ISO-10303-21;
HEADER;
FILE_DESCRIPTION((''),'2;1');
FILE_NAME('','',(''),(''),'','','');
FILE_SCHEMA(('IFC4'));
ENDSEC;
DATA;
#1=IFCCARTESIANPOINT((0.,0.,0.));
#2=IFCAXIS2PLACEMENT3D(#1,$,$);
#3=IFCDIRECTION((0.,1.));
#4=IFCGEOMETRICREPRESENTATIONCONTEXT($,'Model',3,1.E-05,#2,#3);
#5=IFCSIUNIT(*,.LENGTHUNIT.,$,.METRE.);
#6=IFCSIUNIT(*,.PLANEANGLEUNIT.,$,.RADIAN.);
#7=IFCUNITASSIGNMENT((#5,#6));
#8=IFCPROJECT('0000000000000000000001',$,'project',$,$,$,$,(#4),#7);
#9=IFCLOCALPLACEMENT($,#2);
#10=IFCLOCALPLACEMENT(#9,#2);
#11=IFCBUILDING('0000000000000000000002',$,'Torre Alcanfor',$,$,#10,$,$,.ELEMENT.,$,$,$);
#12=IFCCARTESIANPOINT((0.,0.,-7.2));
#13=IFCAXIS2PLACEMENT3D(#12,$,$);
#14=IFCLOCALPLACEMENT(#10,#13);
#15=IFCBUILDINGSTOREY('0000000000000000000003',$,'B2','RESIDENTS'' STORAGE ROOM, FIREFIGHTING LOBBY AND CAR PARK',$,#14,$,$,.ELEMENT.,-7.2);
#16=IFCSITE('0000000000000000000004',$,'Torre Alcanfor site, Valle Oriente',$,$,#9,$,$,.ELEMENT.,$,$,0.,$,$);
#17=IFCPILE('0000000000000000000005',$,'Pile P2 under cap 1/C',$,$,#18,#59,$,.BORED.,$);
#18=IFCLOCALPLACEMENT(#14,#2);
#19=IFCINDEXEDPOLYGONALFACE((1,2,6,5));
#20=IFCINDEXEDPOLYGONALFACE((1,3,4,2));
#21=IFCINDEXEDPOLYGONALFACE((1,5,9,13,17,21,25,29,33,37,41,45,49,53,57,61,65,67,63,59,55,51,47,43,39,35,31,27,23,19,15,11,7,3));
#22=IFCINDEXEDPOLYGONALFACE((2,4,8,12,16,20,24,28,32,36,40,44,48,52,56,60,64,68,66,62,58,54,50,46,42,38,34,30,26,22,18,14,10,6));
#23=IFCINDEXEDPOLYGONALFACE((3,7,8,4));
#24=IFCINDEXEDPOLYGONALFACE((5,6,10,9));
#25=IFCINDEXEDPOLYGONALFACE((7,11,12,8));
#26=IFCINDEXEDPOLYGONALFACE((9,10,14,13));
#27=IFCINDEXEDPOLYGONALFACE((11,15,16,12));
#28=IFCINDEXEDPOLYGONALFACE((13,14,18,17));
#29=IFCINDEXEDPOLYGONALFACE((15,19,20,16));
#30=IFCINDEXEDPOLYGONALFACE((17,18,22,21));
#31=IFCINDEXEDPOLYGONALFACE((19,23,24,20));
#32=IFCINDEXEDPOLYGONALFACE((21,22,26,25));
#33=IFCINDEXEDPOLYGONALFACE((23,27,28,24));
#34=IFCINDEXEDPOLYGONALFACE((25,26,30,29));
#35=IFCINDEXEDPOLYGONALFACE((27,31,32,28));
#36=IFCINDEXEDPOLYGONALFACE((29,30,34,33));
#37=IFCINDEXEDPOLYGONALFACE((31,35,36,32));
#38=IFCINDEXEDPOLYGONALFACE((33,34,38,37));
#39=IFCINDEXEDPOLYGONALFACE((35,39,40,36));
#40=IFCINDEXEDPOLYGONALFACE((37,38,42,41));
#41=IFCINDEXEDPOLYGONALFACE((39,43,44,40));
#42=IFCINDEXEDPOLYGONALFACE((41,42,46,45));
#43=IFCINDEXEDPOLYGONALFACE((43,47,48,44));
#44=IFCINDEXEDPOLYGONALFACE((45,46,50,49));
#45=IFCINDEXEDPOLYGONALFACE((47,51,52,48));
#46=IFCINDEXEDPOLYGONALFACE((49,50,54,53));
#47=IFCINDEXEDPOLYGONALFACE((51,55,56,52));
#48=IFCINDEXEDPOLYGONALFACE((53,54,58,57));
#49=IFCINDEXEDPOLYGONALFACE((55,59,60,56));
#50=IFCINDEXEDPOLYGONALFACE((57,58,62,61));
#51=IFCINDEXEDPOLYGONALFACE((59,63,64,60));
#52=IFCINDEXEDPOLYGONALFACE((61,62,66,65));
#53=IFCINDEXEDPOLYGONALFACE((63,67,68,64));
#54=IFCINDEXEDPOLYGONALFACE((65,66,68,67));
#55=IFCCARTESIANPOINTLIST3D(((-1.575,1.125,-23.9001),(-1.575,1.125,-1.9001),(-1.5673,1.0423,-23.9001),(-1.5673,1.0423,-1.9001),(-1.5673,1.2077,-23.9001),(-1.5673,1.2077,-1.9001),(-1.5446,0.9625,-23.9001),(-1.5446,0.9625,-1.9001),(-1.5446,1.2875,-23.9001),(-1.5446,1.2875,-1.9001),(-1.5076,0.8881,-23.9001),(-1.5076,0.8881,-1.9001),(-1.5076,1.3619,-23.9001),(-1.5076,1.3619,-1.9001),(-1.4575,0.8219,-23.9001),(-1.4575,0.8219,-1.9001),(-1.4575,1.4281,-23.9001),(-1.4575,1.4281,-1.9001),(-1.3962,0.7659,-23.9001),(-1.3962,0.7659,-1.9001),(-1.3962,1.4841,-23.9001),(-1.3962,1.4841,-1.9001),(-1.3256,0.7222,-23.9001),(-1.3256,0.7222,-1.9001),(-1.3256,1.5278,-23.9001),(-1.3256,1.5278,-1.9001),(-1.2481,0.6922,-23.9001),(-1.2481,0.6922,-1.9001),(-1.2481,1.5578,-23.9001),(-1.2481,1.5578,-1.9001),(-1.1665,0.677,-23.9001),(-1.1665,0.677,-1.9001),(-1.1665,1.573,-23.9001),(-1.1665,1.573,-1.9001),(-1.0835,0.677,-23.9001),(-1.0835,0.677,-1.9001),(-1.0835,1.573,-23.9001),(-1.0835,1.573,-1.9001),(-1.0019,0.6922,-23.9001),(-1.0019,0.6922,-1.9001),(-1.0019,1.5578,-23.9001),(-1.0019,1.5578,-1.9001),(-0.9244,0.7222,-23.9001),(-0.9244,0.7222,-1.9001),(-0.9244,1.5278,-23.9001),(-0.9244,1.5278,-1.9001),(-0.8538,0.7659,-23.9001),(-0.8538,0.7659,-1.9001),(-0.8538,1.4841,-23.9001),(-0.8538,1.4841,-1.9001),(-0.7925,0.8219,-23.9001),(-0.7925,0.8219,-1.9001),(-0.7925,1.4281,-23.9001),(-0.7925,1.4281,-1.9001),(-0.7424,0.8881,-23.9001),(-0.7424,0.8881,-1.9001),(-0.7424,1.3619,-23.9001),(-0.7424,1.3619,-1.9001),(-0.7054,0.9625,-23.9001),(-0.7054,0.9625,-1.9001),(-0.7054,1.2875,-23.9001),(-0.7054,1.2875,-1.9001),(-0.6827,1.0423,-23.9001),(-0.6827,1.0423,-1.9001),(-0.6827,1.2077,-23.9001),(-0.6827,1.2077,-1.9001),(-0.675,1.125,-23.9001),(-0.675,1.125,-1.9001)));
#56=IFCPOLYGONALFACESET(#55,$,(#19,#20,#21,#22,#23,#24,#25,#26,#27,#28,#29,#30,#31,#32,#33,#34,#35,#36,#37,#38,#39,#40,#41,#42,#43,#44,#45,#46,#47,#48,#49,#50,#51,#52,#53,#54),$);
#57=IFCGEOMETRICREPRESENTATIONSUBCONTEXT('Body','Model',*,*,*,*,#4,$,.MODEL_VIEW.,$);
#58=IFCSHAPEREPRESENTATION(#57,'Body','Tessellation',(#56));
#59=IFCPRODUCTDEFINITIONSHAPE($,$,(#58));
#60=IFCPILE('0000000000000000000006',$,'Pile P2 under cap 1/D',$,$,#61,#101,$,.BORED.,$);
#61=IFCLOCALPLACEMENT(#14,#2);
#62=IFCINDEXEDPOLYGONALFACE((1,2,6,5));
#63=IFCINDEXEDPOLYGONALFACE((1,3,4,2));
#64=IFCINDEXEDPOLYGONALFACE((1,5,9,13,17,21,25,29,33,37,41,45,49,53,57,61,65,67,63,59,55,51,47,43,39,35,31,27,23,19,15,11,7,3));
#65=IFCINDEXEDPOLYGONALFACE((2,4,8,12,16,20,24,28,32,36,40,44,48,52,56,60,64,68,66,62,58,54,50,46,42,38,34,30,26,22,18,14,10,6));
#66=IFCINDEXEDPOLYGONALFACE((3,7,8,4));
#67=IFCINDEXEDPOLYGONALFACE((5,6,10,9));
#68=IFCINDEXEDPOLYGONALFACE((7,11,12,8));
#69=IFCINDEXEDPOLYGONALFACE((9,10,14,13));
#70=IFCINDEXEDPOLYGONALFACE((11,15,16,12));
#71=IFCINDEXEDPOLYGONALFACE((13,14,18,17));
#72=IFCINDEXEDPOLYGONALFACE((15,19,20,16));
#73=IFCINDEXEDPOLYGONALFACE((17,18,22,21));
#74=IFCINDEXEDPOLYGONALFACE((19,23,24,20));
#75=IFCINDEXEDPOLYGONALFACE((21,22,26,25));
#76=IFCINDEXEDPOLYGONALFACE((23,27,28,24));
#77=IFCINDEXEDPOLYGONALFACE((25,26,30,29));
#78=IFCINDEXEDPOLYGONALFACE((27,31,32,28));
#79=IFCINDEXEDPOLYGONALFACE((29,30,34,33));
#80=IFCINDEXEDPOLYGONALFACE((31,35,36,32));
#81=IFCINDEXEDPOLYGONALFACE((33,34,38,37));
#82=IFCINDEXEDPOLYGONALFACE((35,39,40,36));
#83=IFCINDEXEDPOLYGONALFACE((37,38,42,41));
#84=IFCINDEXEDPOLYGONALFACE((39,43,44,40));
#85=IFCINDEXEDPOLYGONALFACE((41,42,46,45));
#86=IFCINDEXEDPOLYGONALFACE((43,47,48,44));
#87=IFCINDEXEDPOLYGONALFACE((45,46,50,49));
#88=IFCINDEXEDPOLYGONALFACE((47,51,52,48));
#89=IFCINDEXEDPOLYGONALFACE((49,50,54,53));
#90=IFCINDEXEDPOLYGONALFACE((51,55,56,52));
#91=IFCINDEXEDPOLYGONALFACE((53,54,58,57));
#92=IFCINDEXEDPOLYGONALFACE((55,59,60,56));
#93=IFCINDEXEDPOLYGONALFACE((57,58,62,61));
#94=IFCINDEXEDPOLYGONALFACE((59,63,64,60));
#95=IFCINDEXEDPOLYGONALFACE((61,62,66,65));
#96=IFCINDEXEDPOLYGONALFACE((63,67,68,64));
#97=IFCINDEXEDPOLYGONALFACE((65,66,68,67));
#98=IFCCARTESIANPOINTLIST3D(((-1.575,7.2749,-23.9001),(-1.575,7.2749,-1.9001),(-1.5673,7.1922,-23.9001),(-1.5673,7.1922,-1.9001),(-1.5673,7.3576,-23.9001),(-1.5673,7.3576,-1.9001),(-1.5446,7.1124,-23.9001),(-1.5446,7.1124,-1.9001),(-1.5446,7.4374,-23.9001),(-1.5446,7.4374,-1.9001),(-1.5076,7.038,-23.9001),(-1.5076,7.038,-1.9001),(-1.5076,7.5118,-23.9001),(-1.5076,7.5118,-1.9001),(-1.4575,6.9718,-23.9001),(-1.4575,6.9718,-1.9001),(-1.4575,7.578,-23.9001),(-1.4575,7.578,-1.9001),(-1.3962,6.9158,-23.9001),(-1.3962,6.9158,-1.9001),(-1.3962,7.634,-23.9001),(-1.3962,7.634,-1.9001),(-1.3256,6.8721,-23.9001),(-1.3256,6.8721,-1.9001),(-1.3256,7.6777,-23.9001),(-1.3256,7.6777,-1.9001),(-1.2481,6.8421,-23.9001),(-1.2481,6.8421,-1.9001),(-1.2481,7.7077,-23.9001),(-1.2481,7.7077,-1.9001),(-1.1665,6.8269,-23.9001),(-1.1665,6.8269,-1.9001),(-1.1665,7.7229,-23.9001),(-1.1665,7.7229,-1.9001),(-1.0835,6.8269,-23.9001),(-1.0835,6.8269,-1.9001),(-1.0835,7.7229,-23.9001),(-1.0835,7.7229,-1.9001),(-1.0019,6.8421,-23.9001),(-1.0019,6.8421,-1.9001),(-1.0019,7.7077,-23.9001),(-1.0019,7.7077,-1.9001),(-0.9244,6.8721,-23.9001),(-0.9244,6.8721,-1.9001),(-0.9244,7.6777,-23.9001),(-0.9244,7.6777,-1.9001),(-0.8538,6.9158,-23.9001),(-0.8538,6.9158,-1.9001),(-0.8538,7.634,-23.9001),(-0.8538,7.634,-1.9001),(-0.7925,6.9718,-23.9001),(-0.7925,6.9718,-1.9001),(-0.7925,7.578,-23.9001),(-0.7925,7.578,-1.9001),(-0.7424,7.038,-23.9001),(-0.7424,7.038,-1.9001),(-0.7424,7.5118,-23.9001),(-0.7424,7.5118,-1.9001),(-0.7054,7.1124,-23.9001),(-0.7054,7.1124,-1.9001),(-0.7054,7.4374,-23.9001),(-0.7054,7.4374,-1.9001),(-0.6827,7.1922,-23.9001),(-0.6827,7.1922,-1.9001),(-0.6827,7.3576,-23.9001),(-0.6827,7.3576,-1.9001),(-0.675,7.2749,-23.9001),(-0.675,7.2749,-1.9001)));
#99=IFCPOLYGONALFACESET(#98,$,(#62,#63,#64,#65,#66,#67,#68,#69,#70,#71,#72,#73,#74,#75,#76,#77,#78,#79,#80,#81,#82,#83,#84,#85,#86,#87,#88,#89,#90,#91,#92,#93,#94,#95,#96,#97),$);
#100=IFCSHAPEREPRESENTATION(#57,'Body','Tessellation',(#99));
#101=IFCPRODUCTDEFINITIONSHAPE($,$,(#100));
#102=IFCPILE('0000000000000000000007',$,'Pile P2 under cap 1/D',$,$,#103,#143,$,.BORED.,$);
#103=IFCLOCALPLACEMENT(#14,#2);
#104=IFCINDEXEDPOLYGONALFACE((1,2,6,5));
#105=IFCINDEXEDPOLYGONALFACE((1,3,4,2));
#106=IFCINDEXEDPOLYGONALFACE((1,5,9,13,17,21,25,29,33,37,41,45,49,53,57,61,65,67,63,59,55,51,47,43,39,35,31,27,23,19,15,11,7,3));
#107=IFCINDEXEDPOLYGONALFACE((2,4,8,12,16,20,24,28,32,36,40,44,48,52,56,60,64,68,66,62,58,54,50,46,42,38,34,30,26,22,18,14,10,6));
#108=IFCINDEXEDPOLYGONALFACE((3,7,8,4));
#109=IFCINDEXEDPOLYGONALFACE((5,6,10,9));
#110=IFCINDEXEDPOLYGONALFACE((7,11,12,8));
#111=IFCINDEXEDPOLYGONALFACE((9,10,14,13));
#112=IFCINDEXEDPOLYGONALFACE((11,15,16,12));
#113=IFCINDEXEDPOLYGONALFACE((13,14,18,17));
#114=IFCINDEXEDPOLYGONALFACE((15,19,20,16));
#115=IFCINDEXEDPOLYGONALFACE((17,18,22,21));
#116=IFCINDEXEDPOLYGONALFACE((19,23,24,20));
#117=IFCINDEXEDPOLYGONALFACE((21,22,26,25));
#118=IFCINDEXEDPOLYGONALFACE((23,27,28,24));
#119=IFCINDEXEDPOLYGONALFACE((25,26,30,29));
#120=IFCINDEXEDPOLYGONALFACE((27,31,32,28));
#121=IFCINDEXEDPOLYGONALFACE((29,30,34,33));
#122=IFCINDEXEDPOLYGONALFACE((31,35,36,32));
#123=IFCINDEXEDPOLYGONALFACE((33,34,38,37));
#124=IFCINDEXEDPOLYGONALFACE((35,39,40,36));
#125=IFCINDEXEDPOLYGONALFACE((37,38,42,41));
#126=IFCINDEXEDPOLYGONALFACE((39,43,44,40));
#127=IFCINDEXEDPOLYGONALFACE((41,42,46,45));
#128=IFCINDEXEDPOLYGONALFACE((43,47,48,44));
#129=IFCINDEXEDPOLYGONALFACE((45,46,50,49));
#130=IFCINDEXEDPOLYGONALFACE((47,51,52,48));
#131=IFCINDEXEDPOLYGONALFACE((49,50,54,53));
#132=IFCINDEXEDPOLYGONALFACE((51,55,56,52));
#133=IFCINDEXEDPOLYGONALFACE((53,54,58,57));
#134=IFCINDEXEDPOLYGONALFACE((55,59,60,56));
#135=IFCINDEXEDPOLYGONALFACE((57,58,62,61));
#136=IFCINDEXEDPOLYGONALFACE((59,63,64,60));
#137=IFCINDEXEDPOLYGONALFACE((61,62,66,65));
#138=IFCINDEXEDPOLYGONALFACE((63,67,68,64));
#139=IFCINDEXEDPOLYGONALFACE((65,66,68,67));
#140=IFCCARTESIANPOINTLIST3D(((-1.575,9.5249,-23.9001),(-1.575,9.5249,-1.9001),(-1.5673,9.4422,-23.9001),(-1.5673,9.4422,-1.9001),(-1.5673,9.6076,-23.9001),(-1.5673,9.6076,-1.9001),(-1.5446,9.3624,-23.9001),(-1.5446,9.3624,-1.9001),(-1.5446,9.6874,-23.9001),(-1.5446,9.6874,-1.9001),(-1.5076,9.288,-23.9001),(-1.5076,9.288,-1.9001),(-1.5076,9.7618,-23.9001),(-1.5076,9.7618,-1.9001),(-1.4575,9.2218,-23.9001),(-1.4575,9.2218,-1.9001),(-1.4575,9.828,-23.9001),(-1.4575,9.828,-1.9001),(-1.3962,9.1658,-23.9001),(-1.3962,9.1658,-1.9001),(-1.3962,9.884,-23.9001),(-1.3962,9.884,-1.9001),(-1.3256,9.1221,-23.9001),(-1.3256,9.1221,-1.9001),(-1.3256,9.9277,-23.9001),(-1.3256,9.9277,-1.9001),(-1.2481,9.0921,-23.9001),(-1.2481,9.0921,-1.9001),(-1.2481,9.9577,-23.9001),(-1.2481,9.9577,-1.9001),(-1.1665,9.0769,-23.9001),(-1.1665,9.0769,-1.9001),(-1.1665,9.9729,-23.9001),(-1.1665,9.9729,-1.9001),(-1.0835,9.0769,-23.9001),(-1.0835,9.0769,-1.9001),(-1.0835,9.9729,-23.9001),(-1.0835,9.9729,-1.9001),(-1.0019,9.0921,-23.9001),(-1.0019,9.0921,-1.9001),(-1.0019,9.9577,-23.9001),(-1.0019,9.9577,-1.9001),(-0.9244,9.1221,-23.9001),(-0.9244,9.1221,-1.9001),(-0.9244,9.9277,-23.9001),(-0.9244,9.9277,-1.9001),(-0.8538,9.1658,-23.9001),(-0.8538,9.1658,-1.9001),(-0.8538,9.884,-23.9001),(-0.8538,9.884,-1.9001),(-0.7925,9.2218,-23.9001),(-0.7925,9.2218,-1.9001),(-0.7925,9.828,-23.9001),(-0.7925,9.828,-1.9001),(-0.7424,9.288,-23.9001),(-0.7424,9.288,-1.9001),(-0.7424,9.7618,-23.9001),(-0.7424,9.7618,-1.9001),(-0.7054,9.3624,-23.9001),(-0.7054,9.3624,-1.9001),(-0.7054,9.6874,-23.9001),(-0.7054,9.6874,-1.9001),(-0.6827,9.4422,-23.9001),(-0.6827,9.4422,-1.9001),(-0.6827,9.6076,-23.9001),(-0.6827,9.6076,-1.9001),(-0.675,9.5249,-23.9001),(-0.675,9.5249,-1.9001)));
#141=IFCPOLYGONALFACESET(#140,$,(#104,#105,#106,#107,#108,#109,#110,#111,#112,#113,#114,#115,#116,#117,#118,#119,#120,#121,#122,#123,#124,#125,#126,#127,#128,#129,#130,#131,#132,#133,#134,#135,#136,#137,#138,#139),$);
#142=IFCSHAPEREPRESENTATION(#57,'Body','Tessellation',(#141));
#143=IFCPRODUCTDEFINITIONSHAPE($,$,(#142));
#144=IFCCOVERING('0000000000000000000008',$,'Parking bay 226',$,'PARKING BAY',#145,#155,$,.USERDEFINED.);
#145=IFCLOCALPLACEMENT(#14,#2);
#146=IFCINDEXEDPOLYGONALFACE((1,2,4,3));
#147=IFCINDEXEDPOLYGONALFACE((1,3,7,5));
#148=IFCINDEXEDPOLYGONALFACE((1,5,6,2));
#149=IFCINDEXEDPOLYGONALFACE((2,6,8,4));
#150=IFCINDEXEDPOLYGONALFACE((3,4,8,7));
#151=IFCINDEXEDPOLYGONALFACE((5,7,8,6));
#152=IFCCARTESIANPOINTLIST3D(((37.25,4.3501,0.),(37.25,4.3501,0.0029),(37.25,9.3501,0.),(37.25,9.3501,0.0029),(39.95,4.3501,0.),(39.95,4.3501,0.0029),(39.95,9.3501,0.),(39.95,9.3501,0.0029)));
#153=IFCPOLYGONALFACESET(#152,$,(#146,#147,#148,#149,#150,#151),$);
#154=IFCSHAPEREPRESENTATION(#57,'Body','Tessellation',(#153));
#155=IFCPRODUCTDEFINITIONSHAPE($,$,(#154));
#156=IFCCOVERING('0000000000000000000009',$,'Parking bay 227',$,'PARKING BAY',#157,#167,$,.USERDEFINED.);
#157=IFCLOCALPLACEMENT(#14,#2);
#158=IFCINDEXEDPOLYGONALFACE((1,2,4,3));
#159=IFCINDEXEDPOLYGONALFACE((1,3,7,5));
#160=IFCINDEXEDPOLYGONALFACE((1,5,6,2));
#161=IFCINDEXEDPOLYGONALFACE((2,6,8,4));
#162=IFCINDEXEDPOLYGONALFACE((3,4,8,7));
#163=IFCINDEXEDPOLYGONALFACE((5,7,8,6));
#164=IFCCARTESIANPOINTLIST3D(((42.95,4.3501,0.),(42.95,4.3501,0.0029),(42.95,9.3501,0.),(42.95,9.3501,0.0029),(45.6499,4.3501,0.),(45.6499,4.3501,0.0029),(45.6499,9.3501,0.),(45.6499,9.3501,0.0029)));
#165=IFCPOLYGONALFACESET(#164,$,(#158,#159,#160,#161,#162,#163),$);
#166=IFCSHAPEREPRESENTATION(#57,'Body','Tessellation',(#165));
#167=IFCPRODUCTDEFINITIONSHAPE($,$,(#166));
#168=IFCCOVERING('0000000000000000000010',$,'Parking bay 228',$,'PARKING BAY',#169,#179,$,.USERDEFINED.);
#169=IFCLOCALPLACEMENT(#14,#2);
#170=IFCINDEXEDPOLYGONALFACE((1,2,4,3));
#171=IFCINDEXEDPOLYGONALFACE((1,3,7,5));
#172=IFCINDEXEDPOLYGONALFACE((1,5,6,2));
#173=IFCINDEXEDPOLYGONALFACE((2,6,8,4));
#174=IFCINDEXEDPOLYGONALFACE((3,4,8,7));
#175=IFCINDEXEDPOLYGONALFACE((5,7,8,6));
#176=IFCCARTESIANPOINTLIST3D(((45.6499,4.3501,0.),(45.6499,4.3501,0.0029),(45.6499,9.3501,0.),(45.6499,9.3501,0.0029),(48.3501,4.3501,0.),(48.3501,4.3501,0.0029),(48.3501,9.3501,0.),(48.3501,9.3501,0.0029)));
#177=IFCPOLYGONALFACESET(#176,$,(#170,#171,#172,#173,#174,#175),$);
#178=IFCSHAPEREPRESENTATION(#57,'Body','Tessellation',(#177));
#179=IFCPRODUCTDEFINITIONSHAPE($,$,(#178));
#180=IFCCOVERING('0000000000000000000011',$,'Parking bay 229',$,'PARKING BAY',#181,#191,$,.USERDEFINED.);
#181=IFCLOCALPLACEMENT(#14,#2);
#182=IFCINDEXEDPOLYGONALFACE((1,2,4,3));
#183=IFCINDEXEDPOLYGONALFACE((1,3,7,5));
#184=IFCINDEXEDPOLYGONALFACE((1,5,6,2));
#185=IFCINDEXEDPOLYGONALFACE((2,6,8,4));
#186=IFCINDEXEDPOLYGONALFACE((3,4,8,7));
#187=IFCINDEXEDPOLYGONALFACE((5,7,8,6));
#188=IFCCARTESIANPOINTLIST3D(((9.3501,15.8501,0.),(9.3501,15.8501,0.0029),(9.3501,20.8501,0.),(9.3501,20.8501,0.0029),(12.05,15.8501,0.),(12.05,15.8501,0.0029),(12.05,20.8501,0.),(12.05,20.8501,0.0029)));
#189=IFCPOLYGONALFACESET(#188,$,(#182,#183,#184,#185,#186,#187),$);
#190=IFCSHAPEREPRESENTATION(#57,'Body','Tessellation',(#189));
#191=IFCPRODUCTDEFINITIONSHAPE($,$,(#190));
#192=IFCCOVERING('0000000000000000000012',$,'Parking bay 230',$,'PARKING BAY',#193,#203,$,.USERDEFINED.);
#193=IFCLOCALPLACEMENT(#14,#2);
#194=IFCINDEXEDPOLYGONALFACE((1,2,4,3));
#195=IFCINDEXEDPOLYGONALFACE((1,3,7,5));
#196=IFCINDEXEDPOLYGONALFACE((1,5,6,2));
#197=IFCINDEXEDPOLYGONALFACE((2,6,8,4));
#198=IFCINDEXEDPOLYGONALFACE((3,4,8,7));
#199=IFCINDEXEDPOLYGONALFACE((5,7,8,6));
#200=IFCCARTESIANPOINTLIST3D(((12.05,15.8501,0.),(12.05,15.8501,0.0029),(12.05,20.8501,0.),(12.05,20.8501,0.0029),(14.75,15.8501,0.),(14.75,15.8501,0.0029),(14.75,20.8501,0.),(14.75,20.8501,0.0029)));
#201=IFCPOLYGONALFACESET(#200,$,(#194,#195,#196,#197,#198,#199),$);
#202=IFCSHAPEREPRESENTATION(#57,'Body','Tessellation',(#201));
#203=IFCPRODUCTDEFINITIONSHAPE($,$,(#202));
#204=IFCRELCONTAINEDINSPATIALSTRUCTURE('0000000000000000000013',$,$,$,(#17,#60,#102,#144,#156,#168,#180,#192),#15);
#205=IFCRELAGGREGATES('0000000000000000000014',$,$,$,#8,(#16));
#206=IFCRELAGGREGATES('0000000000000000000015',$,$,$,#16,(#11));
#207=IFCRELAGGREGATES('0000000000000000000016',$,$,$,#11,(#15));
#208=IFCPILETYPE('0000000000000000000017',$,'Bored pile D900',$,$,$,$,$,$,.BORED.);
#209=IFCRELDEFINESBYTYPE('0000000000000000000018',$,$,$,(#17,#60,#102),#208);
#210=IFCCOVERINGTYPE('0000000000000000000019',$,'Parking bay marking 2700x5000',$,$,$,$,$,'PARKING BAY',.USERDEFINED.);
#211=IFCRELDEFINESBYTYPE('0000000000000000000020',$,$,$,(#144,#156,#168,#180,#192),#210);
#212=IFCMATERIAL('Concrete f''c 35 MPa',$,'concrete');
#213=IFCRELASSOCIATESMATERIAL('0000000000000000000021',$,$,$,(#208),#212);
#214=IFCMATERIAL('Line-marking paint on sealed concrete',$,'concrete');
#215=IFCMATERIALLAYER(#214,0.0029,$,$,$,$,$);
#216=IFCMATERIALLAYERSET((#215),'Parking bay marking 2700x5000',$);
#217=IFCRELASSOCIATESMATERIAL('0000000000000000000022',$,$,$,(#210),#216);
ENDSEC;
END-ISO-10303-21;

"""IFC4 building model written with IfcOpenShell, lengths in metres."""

from ifc_helpers import new_model, si_unit, direction, frame, origin, origin_2d, place, context, subcontext, project, spatial, polyline, circle, outline, extrude, material, layer, layer_set, material_profile, profile_set, type_object, element, save


model = new_model("IFC4")

# Units and contexts
model_context = context("Model", 3, precision=1e-05, world=origin(), true_north=direction((0.0, 1.0)))
body_context = subcontext(model_context, "Body", "Model", "MODEL_VIEW")
ifc_project = project(units=[si_unit("LENGTHUNIT", "METRE"), si_unit("PLANEANGLEUNIT", "RADIAN")], contexts=[model_context])

# Site, building, storey
site_placement = place(None, origin())
site = spatial("IfcSite", under=ifc_project, at=site_placement, Name="Torre Alcanfor site, Valle Oriente", CompositionType="ELEMENT", RefElevation=0.0)
building_placement = place(site_placement, origin())
building = spatial("IfcBuilding", under=site, at=building_placement, Name="Torre Alcanfor", CompositionType="ELEMENT")
storey_placement = place(building_placement, frame((0.0, 0.0, -7.2)))
storey = spatial("IfcBuildingStorey", under=building, at=storey_placement, Name="B2", Description="RESIDENTS' STORAGE ROOM, FIREFIGHTING LOBBY AND CAR PARK", CompositionType="ELEMENT", Elevation=-7.2)

# Piles
ifc_material_1 = material(Name="Concrete f'c 35 MPa", Category="concrete")
ifc_material_profile = material_profile(ifc_material_1, circle(Radius=0.45, at=origin_2d()), Name="D900")
ifc_profile_set = profile_set([ifc_material_profile], Name="Concrete f'c 35 MPa")
pile_type = type_object("IfcPileType", Name="Bored pile D900", PredefinedType="BORED", material=ifc_profile_set)
for number, where, z_axis, x_axis, name in (
    (1, (-1.125, 1.125, -1.9001), (0.0, 0.0, -1.0), (1.0, 0.0, 0.0), "Pile P2 under cap 1/C"),
    (2, (-1.125, 7.2749, -1.9001), (0.0, 0.0, -1.0), (1.0, 0.0, 0.0), "Pile P2 under cap 1/D"),
    (3, (-1.125, 9.5249, -1.9001), (0.0, 0.0, -1.0), (1.0, 0.0, 0.0), "Pile P2 under cap 1/D"),
):
    element("IfcPile", number, at=place(storey_placement, frame(where, z_axis=z_axis, x_axis=x_axis)), inside=storey, type_object=pile_type, Name=name, PredefinedType="BORED", context=body_context, shape_type="SweptSolid", body=[
        extrude(circle(Radius=0.45, at=origin_2d()), origin(), (0.0, 0.0, 1.0), 22.0),
    ])

# Coverings
ifc_material_2 = material(Name="Line-marking paint on sealed concrete", Category="concrete")
ifc_layer = layer(ifc_material_2, 0.0029)
ifc_layer_set = layer_set([ifc_layer], Name="Parking bay marking 2700x5000")
covering_type = type_object("IfcCoveringType", Name="Parking bay marking 2700x5000", ElementType="PARKING BAY", PredefinedType="USERDEFINED", material=ifc_layer_set)
covering_1_placement = place(storey_placement, origin())
element("IfcCovering", 4, at=covering_1_placement, inside=storey, type_object=covering_type, Name="Parking bay 226", ObjectType="PARKING BAY", PredefinedType="USERDEFINED", context=body_context, shape_type="SweptSolid", body=[
    extrude(outline(polyline([(37.25, 4.3501), (39.95, 4.3501), (39.95, 9.3501), (37.25, 9.3501), (37.25, 4.3501)])), origin(), (0.0, 0.0, 1.0), 0.0029),
])
covering_2_placement = place(storey_placement, origin())
element("IfcCovering", 5, at=covering_2_placement, inside=storey, type_object=covering_type, Name="Parking bay 227", ObjectType="PARKING BAY", PredefinedType="USERDEFINED", context=body_context, shape_type="SweptSolid", body=[
    extrude(outline(polyline([(42.95, 4.3501), (45.6499, 4.3501), (45.6499, 9.3501), (42.95, 9.3501), (42.95, 4.3501)])), origin(), (0.0, 0.0, 1.0), 0.0029),
])
covering_3_placement = place(storey_placement, origin())
element("IfcCovering", 6, at=covering_3_placement, inside=storey, type_object=covering_type, Name="Parking bay 228", ObjectType="PARKING BAY", PredefinedType="USERDEFINED", context=body_context, shape_type="SweptSolid", body=[
    extrude(outline(polyline([(45.6499, 4.3501), (48.3501, 4.3501), (48.3501, 9.3501), (45.6499, 9.3501), (45.6499, 4.3501)])), origin(), (0.0, 0.0, 1.0), 0.0029),
])
covering_4_placement = place(storey_placement, origin())
element("IfcCovering", 7, at=covering_4_placement, inside=storey, type_object=covering_type, Name="Parking bay 229", ObjectType="PARKING BAY", PredefinedType="USERDEFINED", context=body_context, shape_type="SweptSolid", body=[
    extrude(outline(polyline([(9.3501, 15.8501), (12.05, 15.8501), (12.05, 20.8501), (9.3501, 20.8501), (9.3501, 15.8501)])), origin(), (0.0, 0.0, 1.0), 0.0029),
])
covering_5_placement = place(storey_placement, origin())
element("IfcCovering", 8, at=covering_5_placement, inside=storey, type_object=covering_type, Name="Parking bay 230", ObjectType="PARKING BAY", PredefinedType="USERDEFINED", context=body_context, shape_type="SweptSolid", body=[
    extrude(outline(polyline([(12.05, 15.8501), (14.75, 15.8501), (14.75, 20.8501), (12.05, 20.8501), (12.05, 15.8501)])), origin(), (0.0, 0.0, 1.0), 0.0029),
])

save(model, "model.ifc")
